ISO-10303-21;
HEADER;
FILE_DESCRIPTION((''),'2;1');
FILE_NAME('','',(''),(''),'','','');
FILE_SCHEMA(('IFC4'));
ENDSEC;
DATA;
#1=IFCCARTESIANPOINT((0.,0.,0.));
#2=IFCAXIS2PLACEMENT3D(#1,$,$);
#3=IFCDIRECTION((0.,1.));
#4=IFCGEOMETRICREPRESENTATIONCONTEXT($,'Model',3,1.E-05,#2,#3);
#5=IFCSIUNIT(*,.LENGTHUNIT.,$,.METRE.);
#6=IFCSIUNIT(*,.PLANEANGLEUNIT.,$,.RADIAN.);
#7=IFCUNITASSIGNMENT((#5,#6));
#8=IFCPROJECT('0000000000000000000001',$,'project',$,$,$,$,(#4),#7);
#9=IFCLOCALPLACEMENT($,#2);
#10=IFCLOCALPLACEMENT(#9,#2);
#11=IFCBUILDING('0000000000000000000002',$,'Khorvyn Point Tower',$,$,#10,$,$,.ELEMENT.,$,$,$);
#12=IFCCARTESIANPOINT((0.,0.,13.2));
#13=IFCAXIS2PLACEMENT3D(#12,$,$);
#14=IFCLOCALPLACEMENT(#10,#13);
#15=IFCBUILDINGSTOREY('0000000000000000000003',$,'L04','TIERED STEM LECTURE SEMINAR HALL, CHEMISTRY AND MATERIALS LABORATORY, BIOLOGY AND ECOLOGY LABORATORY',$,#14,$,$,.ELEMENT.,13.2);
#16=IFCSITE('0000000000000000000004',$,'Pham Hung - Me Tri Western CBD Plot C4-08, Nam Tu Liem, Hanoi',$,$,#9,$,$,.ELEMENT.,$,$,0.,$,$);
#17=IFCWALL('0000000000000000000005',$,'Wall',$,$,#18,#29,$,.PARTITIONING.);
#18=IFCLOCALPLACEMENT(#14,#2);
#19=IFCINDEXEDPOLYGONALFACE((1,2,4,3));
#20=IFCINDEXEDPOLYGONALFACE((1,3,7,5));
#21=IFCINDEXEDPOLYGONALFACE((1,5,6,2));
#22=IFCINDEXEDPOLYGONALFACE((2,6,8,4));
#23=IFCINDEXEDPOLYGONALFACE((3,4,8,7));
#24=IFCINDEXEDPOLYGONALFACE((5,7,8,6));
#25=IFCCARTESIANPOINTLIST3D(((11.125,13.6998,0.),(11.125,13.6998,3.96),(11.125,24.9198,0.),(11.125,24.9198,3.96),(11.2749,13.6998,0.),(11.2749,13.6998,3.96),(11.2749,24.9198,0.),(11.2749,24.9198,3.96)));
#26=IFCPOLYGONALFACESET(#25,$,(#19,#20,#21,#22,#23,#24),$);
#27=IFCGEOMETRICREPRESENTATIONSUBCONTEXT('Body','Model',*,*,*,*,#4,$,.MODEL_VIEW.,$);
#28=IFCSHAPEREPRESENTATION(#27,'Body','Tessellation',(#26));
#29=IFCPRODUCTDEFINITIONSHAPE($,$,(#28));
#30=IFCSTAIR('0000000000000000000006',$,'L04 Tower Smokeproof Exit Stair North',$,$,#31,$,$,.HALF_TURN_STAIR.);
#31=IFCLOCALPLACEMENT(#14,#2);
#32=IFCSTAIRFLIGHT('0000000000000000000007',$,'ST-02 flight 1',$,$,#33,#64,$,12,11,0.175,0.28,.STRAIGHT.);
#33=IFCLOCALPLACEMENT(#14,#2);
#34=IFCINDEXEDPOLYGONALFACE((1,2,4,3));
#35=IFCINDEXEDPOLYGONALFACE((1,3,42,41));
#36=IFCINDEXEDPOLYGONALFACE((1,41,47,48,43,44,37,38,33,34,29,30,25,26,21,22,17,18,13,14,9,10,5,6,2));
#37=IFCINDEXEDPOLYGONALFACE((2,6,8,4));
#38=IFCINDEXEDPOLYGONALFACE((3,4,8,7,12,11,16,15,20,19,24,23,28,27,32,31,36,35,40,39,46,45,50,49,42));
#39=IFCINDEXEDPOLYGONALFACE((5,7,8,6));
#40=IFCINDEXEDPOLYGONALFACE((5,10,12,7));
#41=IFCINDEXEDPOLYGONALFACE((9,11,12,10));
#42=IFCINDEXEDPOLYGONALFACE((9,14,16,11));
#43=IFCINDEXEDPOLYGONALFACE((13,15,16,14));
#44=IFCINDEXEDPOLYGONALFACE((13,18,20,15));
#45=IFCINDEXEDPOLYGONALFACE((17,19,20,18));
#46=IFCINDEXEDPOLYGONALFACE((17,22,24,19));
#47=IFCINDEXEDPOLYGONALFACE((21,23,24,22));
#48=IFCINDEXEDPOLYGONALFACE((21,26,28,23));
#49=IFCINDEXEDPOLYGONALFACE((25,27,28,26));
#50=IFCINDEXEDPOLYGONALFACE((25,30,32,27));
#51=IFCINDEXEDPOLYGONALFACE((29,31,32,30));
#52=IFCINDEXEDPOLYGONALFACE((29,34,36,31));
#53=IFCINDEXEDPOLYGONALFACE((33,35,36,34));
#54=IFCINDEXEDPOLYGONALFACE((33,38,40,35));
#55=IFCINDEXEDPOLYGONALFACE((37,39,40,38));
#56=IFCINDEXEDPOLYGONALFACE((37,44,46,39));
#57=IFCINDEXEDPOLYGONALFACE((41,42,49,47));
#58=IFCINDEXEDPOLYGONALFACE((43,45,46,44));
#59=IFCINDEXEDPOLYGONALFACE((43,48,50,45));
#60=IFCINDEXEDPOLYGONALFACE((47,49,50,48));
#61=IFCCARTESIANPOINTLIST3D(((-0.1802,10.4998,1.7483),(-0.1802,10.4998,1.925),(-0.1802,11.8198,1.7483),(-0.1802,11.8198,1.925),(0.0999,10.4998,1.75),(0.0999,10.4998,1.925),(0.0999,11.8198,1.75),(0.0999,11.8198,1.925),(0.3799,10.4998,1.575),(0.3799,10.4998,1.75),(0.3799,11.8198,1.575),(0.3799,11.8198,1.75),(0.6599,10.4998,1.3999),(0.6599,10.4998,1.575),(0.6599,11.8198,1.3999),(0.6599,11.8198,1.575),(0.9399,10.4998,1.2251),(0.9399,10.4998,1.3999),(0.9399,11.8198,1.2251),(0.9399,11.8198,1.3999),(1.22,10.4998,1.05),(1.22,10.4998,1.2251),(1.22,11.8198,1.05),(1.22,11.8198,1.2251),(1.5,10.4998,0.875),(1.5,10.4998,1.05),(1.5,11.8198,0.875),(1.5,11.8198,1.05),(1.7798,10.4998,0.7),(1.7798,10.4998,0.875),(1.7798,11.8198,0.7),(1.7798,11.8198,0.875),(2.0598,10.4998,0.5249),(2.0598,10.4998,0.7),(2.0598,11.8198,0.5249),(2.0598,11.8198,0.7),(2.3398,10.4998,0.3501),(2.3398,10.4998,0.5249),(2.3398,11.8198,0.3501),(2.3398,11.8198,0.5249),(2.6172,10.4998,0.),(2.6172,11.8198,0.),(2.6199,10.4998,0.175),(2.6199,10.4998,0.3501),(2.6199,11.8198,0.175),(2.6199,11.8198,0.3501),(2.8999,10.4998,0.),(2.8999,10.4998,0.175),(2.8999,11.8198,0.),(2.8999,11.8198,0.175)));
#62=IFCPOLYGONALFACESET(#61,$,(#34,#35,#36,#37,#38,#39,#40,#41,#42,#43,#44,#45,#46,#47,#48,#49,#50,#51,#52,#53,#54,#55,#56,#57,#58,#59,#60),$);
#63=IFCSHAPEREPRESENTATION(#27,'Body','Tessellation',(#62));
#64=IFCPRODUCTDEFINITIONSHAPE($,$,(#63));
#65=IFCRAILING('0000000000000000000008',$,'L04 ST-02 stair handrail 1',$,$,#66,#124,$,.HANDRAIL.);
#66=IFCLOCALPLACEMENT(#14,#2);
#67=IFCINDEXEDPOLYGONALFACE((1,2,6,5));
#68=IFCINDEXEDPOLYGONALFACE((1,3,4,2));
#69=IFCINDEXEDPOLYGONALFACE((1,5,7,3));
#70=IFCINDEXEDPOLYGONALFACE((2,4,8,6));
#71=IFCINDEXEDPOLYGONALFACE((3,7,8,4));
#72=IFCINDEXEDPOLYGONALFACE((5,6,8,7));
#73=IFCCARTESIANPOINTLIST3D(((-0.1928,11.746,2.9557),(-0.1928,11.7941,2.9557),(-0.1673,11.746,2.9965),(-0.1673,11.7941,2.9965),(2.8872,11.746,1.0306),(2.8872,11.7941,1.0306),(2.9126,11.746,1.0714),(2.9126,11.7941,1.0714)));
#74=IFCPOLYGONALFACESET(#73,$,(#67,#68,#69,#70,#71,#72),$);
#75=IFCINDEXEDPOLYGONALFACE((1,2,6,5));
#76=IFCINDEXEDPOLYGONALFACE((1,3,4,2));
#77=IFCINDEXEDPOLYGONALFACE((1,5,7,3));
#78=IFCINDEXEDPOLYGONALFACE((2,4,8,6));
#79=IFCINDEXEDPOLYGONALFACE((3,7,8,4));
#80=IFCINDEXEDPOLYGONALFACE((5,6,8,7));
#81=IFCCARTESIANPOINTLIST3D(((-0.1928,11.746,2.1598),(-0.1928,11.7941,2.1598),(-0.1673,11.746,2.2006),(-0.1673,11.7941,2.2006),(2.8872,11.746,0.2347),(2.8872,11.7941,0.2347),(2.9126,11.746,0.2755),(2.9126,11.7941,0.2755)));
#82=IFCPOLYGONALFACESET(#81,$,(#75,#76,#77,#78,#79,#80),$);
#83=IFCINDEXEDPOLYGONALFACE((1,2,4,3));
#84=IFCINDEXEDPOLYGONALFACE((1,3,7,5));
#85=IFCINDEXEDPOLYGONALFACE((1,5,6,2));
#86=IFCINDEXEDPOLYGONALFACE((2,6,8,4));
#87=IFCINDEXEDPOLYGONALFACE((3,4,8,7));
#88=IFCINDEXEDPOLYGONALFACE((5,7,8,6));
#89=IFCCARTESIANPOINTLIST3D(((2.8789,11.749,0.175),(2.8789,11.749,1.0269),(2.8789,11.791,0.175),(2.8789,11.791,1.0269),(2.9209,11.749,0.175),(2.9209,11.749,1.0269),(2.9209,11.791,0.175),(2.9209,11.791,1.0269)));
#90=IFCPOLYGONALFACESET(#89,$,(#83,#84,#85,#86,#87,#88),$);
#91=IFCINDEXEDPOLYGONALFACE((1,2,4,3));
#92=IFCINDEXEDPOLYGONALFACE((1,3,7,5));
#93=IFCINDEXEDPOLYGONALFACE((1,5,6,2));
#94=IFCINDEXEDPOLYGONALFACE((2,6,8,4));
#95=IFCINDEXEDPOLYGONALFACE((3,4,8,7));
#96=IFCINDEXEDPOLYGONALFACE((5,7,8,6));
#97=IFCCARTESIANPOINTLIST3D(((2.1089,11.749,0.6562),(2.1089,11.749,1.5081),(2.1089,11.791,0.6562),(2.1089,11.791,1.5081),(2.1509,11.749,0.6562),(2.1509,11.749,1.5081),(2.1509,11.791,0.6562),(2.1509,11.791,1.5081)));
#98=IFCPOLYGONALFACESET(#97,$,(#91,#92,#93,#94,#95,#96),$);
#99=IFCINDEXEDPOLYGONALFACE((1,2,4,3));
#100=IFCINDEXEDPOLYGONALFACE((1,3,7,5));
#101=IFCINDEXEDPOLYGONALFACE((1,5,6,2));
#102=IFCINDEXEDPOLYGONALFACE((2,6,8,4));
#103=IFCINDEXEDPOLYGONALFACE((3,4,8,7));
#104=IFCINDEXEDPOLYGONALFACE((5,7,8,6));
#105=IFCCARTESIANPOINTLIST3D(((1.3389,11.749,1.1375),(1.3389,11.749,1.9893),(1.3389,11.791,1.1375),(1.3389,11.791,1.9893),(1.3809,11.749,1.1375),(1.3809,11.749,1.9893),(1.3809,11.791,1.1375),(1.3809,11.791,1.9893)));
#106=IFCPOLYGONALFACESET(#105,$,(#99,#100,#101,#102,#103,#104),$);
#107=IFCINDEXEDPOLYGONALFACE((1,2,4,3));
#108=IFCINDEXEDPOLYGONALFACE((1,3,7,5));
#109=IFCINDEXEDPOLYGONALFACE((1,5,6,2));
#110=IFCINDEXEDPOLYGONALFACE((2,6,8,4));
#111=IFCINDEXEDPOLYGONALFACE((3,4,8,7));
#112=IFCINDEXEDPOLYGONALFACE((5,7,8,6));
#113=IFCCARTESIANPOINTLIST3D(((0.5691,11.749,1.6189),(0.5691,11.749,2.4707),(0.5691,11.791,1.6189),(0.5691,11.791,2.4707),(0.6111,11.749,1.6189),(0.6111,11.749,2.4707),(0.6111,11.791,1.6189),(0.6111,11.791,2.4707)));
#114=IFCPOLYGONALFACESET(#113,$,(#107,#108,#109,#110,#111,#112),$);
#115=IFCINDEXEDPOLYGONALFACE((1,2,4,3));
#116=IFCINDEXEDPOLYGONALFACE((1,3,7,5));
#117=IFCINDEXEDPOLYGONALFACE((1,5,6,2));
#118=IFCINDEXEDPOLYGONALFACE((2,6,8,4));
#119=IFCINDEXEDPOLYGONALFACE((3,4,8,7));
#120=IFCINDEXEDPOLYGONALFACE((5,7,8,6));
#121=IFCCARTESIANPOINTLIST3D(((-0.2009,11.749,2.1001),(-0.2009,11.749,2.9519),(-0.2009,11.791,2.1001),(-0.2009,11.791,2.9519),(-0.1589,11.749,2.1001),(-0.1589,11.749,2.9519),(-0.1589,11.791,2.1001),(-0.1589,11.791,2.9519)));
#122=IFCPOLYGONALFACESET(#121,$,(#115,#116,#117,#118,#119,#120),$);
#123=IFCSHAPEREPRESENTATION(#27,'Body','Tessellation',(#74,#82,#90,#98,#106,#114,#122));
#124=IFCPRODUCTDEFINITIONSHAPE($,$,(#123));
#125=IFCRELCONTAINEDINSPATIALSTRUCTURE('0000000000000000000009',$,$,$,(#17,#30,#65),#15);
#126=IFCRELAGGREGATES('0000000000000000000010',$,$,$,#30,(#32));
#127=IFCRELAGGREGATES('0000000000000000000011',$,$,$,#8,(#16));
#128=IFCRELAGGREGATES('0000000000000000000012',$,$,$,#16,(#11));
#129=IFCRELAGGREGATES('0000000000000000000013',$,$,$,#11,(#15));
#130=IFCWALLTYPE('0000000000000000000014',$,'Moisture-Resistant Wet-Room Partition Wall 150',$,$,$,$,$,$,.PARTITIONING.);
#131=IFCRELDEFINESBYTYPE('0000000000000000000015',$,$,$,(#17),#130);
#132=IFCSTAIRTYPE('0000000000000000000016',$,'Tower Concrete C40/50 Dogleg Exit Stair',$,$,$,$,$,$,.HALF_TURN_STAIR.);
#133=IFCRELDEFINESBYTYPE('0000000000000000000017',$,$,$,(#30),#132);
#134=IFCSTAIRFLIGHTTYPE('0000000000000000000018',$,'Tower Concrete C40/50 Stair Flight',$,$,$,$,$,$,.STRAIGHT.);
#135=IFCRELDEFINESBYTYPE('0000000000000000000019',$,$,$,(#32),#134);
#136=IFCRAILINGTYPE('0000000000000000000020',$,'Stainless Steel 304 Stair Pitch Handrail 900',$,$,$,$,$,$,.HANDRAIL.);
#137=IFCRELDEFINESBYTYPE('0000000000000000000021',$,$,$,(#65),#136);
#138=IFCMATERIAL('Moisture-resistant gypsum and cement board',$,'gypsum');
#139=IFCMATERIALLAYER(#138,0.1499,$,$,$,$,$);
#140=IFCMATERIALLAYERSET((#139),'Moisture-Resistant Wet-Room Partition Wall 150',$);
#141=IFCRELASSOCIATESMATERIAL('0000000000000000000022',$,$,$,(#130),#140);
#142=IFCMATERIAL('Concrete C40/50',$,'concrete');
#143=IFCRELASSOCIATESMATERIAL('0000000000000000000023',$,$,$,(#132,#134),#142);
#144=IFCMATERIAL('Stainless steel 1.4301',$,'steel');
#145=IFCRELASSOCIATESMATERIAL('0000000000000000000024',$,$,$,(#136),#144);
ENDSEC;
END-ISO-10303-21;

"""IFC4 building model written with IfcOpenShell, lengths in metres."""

from ifc_helpers import new_model, si_unit, direction, frame, frame_2d, origin, origin_2d, place, context, subcontext, project, spatial, polyline, rectangle, outline, extrude, material, layer, layer_set, type_object, element, aggregate, save


model = new_model("IFC4")

# Units and contexts
model_context = context("Model", 3, precision=1e-05, world=origin(), true_north=direction((0.0, 1.0)))
body_context = subcontext(model_context, "Body", "Model", "MODEL_VIEW")
ifc_project = project(units=[si_unit("LENGTHUNIT", "METRE"), si_unit("PLANEANGLEUNIT", "RADIAN")], contexts=[model_context])

# Site, building, storey
site_placement = place(None, origin())
site = spatial("IfcSite", under=ifc_project, at=site_placement, Name="Pham Hung - Me Tri Western CBD Plot C4-08, Nam Tu Liem, Hanoi", CompositionType="ELEMENT", RefElevation=0.0)
building_placement = place(site_placement, origin())
building = spatial("IfcBuilding", under=site, at=building_placement, Name="Khorvyn Point Tower", CompositionType="ELEMENT")
storey_placement = place(building_placement, frame((0.0, 0.0, 13.2)))
storey = spatial("IfcBuildingStorey", under=building, at=storey_placement, Name="L04", Description="TIERED STEM LECTURE SEMINAR HALL, CHEMISTRY AND MATERIALS LABORATORY, BIOLOGY AND ECOLOGY LABORATORY", CompositionType="ELEMENT", Elevation=13.2)

# Shared definitions
ifc_material_1 = material(Name="Concrete C40/50", Category="concrete")

# Shared definitions
ifc_material_2 = material(Name="Moisture-resistant gypsum and cement board", Category="gypsum")
ifc_layer_1 = layer(ifc_material_2, 0.1499)
ifc_layer_set_1 = layer_set([ifc_layer_1], Name="Moisture-Resistant Wet-Room Partition Wall 150")
wall_type_1 = type_object("IfcWallType", Name="Moisture-Resistant Wet-Room Partition Wall 150", PredefinedType="PARTITIONING", material=ifc_layer_set_1)

# Wall
wall_1_placement = place(storey_placement, frame((11.2, 13.7, 0.0), z_axis=(0.0, 0.0, 1.0), x_axis=(0.0, 1.0, 0.0)))
element("IfcWall", 1, at=wall_1_placement, inside=storey, type_object=wall_type_1, Name="Wall", PredefinedType="PARTITIONING", context=body_context, shape_type="SweptSolid", body=[
    extrude(rectangle(XDim=11.22, YDim=0.1499, at=frame_2d((5.6099, 0.0))), origin(), (0.0, 0.0, 1.0), 3.96),
])

# Stair, stair flight
stair_type = type_object("IfcStairType", Name="Tower Concrete C40/50 Dogleg Exit Stair", PredefinedType="HALF_TURN_STAIR", material=ifc_material_1)
stair_placement = place(storey_placement, origin())
stair = element("IfcStair", 2, at=stair_placement, inside=storey, type_object=stair_type, Name="L04 Tower Smokeproof Exit Stair North", PredefinedType="HALF_TURN_STAIR")
stair_flight_type = type_object("IfcStairFlightType", Name="Tower Concrete C40/50 Stair Flight", PredefinedType="STRAIGHT", material=ifc_material_1)
stair_flight_placement = place(storey_placement, frame((2.8999, 11.1599, 0.0), z_axis=(0.0, 0.0, 1.0), x_axis=(-1.0, 0.0, 0.0)))
stair_flight = element("IfcStairFlight", 3, at=stair_flight_placement, type_object=stair_flight_type, Name="ST-02 flight 1", NumberOfRisers=12, NumberOfTreads=11, PredefinedType="STRAIGHT", RiserHeight=0.175, TreadLength=0.28, context=body_context, shape_type="SweptSolid", body=[
    extrude(outline(polyline([(0.0, 0.0), (0.0, 0.175), (0.28, 0.175), (0.28, 0.3501), (0.5601, 0.3501), (0.5601, 0.5249), (0.8401, 0.5249), (0.8401, 0.7), (1.1201, 0.7), (1.1201, 0.875), (1.3999, 0.875), (1.3999, 1.05), (1.6799, 1.05), (1.6799, 1.2251), (1.96, 1.2251), (1.96, 1.3999), (2.24, 1.3999), (2.24, 1.575), (2.52, 1.575), (2.52, 1.75), (2.8, 1.75), (2.8, 1.925), (3.0801, 1.925), (3.0801, 2.1001), (3.0801, 1.7483), (0.2827, 0.0), (0.0, 0.0)])), frame((0.0, 0.6602, 0.0), z_axis=(0.0, -1.0, 0.0), x_axis=(1.0, 0.0, 0.0)), (0.0, 0.0, 1.0), 1.3201),
])
aggregate(stair, [stair_flight])

# Railing
ifc_material_3 = material(Name="Stainless steel 1.4301", Category="steel")
railing_type = type_object("IfcRailingType", Name="Stainless Steel 304 Stair Pitch Handrail 900", PredefinedType="HANDRAIL", material=ifc_material_3)
railing_placement = place(storey_placement, frame((2.8999, 11.77, 0.175)))
element("IfcRailing", 4, at=railing_placement, inside=storey, type_object=railing_type, Name="L04 ST-02 stair handrail 1", PredefinedType="HANDRAIL", context=body_context, shape_type="SweptSolid", body=[
    extrude(rectangle(XDim=0.0481, YDim=0.0481, at=origin_2d()), frame((0.0, 0.0, 0.876), z_axis=(-0.847979, 0.0, 0.530029), x_axis=(0.0, -1.0, 0.0)), (0.0, 0.0, 1.0), 3.6321),
    extrude(rectangle(XDim=0.0481, YDim=0.0481, at=origin_2d()), frame((0.0, 0.0, 0.0801), z_axis=(-0.847979, 0.0, 0.530029), x_axis=(0.0, -1.0, 0.0)), (0.0, 0.0, 1.0), 3.6321),
    extrude(rectangle(XDim=0.042, YDim=0.042, at=origin_2d()), origin(), (0.0, 0.0, 1.0), 0.8518),
    extrude(rectangle(XDim=0.042, YDim=0.042, at=origin_2d()), frame((-0.77, 0.0, 0.4812)), (0.0, 0.0, 1.0), 0.8518),
    extrude(rectangle(XDim=0.042, YDim=0.042, at=origin_2d()), frame((-1.54, 0.0, 0.9624)), (0.0, 0.0, 1.0), 0.8518),
    extrude(rectangle(XDim=0.042, YDim=0.042, at=origin_2d()), frame((-2.3098, 0.0, 1.4438)), (0.0, 0.0, 1.0), 0.8518),
    extrude(rectangle(XDim=0.042, YDim=0.042, at=origin_2d()), frame((-3.0798, 0.0, 1.925)), (0.0, 0.0, 1.0), 0.8518),
])

save(model, "model.ifc")
